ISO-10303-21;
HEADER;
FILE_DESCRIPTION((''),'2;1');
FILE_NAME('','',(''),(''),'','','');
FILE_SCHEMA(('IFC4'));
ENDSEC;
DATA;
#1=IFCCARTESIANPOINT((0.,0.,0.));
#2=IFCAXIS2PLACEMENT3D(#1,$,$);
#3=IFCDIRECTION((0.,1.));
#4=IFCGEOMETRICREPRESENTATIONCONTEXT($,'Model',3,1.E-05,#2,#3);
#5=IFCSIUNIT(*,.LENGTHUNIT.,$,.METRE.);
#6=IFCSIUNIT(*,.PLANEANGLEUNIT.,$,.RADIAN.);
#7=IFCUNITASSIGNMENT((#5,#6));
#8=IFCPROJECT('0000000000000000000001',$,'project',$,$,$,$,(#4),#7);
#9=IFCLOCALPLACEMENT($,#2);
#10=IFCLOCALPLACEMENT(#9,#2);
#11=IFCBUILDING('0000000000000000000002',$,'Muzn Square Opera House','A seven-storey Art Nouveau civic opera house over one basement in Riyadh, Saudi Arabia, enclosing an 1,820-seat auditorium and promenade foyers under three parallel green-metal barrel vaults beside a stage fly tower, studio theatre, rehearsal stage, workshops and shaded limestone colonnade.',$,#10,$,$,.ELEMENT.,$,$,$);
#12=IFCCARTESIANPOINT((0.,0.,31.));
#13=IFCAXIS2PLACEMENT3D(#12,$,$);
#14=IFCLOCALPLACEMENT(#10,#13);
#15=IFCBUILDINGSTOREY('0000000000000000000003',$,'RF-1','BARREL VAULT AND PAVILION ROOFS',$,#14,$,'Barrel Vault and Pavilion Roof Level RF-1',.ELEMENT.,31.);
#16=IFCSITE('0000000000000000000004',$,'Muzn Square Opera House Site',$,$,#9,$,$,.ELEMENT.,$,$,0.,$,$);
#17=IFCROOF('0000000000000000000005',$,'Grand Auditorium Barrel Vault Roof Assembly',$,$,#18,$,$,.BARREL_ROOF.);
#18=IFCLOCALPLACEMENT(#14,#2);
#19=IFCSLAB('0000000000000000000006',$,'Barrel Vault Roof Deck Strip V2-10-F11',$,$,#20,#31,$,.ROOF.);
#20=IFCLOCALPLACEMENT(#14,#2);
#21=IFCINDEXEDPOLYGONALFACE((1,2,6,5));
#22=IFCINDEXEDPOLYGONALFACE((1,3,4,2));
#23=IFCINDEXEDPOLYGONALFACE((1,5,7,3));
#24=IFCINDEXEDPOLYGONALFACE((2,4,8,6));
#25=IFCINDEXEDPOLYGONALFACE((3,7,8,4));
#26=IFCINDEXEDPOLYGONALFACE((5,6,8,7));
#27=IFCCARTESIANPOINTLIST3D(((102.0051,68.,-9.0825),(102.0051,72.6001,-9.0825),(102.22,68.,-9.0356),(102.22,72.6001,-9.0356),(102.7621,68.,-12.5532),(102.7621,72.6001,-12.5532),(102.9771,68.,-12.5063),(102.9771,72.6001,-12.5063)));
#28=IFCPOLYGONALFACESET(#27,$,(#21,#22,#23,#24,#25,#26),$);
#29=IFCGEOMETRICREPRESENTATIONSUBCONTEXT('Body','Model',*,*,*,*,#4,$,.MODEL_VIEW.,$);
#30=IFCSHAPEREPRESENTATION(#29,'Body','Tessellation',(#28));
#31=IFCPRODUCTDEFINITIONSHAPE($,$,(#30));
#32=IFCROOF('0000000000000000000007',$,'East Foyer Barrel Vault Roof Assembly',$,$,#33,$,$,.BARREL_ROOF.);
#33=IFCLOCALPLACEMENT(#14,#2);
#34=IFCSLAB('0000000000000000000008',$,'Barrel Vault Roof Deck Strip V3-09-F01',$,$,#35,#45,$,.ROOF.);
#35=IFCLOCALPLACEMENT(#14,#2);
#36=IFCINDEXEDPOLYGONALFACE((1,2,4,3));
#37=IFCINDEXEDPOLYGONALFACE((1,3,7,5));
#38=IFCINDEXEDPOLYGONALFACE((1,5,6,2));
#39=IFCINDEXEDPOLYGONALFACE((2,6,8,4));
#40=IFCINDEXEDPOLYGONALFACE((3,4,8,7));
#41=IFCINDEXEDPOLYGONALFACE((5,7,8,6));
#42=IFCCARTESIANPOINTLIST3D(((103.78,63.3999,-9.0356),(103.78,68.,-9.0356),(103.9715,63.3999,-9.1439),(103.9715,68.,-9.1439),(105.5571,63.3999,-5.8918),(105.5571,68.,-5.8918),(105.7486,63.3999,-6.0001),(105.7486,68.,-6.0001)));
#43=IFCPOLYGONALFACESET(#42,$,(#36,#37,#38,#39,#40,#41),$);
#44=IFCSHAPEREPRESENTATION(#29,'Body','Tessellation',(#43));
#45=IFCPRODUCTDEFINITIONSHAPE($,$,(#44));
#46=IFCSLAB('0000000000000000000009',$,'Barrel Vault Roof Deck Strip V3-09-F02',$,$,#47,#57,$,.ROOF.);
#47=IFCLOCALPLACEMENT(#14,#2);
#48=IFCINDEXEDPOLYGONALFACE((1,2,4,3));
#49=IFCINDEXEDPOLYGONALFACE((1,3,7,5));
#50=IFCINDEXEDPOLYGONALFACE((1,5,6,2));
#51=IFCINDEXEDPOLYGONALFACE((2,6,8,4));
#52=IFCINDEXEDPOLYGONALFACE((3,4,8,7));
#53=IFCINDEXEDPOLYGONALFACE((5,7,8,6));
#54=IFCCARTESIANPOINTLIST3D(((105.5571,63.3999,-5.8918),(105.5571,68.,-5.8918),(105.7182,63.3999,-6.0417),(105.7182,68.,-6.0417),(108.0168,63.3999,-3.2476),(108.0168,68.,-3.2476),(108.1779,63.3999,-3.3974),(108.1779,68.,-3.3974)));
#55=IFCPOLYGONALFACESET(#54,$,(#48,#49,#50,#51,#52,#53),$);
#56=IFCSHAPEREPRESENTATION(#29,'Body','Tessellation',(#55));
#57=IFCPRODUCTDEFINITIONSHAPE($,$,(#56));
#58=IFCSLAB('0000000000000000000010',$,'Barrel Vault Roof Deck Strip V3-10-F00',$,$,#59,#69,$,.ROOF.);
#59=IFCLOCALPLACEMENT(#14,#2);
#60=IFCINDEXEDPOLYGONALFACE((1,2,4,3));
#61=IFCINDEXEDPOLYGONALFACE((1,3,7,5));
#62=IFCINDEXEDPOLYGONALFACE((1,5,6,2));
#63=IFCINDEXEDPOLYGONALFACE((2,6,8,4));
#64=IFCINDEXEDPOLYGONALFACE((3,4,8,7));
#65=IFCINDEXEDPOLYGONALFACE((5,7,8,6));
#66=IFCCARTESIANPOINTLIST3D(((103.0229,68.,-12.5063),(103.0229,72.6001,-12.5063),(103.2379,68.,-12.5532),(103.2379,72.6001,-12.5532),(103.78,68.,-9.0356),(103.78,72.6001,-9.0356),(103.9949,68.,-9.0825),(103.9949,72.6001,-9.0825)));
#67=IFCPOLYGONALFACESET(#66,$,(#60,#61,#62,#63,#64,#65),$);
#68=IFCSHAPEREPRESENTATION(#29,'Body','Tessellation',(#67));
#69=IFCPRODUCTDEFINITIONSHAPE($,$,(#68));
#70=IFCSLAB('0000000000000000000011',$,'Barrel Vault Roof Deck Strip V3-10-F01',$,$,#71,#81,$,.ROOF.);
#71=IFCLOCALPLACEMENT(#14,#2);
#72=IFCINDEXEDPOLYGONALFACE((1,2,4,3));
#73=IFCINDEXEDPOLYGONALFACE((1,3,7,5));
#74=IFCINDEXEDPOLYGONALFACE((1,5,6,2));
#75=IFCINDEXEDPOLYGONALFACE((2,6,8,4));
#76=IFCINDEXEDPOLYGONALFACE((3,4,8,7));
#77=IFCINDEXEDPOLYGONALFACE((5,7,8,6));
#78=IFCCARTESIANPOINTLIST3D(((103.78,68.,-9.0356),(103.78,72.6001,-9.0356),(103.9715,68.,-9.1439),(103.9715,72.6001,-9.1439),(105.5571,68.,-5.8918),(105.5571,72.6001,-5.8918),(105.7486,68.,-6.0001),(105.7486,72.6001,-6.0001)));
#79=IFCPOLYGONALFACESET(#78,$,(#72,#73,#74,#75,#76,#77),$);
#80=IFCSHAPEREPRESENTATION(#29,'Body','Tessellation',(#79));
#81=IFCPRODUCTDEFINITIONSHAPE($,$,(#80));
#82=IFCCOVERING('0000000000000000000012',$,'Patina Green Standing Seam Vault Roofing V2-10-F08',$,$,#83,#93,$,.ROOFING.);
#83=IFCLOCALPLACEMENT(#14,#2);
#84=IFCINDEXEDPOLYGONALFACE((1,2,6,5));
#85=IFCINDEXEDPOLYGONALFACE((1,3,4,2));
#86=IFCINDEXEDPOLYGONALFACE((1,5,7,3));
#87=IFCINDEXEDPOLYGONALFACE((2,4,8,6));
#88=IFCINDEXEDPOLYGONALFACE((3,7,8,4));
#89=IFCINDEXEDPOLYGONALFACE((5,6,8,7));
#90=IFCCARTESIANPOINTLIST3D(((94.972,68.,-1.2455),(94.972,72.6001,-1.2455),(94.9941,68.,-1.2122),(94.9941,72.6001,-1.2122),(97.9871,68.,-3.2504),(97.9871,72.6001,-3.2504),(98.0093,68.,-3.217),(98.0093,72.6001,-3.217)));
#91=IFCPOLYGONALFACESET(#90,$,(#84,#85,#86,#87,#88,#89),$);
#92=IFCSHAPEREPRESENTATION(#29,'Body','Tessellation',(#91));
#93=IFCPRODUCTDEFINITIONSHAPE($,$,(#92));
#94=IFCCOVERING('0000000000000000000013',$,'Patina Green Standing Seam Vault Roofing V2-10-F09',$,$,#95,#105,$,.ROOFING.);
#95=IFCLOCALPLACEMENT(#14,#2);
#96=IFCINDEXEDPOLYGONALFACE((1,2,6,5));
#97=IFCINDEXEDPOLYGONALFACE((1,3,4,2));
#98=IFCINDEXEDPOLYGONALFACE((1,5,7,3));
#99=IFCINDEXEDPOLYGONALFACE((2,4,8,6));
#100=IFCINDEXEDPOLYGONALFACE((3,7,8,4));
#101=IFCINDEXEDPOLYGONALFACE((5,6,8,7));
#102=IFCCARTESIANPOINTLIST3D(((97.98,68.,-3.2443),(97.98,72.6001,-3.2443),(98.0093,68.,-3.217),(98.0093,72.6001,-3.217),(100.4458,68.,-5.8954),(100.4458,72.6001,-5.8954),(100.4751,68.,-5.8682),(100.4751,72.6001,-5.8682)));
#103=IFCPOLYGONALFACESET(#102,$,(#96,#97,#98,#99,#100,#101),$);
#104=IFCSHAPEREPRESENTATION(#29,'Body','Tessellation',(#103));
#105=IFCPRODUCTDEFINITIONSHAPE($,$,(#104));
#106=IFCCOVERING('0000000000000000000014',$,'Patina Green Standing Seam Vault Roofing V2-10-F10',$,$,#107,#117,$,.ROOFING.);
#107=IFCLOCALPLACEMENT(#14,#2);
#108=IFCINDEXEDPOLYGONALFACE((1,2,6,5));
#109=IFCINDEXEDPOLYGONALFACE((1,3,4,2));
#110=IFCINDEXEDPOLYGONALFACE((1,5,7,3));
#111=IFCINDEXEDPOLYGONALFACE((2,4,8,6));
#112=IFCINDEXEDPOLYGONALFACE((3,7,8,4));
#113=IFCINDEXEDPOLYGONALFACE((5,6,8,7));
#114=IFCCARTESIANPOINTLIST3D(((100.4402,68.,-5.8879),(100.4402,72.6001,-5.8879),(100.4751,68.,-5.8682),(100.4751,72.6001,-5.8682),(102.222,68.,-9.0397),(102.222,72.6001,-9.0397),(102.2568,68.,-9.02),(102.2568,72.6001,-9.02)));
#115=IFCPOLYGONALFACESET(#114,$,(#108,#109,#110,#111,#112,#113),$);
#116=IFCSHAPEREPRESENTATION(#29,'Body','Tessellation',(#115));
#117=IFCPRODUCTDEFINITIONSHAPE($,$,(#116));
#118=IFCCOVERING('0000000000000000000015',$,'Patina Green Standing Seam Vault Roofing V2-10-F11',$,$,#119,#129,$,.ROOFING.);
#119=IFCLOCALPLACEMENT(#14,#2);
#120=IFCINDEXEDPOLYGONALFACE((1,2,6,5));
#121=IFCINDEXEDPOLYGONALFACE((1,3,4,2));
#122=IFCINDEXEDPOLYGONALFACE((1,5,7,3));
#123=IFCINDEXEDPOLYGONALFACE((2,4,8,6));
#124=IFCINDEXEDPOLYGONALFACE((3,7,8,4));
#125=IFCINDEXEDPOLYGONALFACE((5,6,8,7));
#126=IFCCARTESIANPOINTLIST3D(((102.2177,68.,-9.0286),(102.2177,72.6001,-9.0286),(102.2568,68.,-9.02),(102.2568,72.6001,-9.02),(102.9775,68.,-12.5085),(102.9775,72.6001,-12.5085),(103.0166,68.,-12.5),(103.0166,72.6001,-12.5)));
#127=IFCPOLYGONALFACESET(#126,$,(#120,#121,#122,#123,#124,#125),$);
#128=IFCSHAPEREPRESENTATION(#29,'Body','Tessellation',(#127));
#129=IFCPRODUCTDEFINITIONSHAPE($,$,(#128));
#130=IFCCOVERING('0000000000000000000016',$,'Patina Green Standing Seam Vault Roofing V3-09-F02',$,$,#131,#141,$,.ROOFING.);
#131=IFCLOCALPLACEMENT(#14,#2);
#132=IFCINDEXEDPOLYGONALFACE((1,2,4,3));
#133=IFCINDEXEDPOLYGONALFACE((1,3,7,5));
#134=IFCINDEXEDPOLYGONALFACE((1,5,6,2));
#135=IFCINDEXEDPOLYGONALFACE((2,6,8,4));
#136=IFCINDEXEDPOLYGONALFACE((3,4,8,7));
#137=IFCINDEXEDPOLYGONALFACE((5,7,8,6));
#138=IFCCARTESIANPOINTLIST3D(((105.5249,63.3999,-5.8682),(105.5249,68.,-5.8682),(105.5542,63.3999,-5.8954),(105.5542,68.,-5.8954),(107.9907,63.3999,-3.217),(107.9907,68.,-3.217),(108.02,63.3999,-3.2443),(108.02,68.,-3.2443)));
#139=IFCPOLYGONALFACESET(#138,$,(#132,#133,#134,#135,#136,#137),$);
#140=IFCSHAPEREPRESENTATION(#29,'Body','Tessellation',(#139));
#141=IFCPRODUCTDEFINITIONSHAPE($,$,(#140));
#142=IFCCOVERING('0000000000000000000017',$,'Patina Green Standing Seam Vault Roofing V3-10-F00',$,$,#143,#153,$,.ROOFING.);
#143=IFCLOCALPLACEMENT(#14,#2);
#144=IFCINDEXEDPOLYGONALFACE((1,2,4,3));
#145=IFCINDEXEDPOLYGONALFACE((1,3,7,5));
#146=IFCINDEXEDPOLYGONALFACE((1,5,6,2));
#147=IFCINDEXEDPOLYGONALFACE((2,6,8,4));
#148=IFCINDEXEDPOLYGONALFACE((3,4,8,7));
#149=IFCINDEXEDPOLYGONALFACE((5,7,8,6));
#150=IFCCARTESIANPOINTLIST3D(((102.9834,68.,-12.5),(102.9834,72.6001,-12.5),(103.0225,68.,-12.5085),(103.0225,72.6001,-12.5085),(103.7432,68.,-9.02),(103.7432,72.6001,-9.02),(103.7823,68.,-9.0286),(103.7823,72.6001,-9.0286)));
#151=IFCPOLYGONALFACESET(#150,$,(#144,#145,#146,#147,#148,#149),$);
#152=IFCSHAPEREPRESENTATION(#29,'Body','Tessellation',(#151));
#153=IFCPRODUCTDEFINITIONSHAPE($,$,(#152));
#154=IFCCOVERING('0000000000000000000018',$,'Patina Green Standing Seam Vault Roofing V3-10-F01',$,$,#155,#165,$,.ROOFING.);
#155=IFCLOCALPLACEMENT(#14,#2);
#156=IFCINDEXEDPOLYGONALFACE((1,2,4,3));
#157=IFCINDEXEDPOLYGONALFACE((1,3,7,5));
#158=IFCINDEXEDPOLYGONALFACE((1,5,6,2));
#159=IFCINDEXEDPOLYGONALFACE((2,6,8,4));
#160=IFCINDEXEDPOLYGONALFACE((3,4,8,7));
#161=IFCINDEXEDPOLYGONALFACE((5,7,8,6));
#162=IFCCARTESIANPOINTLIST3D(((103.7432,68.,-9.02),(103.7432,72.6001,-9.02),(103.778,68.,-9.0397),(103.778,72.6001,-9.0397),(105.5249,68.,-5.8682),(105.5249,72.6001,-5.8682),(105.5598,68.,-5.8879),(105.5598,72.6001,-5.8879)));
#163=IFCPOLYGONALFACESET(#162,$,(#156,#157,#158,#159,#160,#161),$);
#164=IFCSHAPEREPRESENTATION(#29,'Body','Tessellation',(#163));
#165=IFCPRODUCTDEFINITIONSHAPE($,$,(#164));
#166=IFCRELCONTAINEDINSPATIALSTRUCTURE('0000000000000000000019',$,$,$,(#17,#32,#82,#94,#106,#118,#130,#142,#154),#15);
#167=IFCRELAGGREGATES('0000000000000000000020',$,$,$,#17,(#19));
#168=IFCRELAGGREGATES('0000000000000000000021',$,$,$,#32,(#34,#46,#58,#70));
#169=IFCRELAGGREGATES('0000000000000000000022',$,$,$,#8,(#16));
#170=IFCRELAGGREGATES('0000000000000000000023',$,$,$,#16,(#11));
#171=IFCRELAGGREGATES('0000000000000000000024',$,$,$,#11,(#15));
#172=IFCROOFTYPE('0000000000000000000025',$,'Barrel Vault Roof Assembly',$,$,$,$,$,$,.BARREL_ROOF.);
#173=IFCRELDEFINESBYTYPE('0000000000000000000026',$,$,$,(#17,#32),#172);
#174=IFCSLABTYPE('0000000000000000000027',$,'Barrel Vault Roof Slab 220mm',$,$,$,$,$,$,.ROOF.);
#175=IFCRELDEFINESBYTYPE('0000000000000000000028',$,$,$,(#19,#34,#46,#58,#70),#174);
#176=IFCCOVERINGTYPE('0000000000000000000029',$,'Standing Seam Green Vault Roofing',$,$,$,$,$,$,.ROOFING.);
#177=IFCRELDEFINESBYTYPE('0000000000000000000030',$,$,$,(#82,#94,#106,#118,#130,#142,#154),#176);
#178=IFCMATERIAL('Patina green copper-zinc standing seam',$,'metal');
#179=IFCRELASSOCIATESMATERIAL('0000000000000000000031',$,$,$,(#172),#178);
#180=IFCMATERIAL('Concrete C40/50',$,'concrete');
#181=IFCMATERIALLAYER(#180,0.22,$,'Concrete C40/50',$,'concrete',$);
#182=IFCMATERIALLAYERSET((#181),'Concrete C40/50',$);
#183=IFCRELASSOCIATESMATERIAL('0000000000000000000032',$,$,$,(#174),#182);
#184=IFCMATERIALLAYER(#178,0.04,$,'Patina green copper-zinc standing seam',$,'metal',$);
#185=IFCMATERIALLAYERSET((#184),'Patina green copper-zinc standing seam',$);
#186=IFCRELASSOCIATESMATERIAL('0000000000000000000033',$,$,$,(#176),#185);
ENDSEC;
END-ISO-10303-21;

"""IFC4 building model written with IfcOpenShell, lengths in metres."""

from ifc_helpers import new_model, si_unit, direction, frame, origin, place, context, subcontext, project, spatial, polyline, outline, extrude, material, layer, layer_set, type_object, element, aggregate, save


model = new_model("IFC4")

# Units and contexts
model_context = context("Model", 3, precision=1e-05, world=origin(), true_north=direction((0.0, 1.0)))
body_context = subcontext(model_context, "Body", "Model", "MODEL_VIEW")
ifc_project = project(units=[si_unit("LENGTHUNIT", "METRE"), si_unit("PLANEANGLEUNIT", "RADIAN")], contexts=[model_context])

# Site, building, storey
site_placement = place(None, origin())
site = spatial("IfcSite", under=ifc_project, at=site_placement, Name="Muzn Square Opera House Site", CompositionType="ELEMENT", RefElevation=0.0)
building_placement = place(site_placement, origin())
building = spatial("IfcBuilding", under=site, at=building_placement, Name="Muzn Square Opera House", Description="A seven-storey Art Nouveau civic opera house over one basement in Riyadh, Saudi Arabia, enclosing an 1,820-seat auditorium and promenade foyers under three parallel green-metal barrel vaults beside a stage fly tower, studio theatre, rehearsal stage, workshops and shaded limestone colonnade.", CompositionType="ELEMENT")
storey_placement = place(building_placement, frame((0.0, 0.0, 31.0)))
storey = spatial("IfcBuildingStorey", under=building, at=storey_placement, Name="RF-1", Description="BARREL VAULT AND PAVILION ROOFS", LongName="Barrel Vault and Pavilion Roof Level RF-1", CompositionType="ELEMENT", Elevation=31.0)

# Roofs, slabs
ifc_material_1 = material(Name="Patina green copper-zinc standing seam", Category="metal")
roof_type = type_object("IfcRoofType", Name="Barrel Vault Roof Assembly", PredefinedType="BARREL_ROOF", material=ifc_material_1)
roof_1_placement = place(storey_placement, origin())
roof_1 = element("IfcRoof", 1, at=roof_1_placement, inside=storey, type_object=roof_type, Name="Grand Auditorium Barrel Vault Roof Assembly", PredefinedType="BARREL_ROOF")
ifc_material_2 = material(Name="Concrete C40/50", Category="concrete")
ifc_layer_1 = layer(ifc_material_2, 0.22, Name="Concrete C40/50", Category="concrete")
ifc_layer_set_1 = layer_set([ifc_layer_1], Name="Concrete C40/50")
slab_type = type_object("IfcSlabType", Name="Barrel Vault Roof Slab 220mm", PredefinedType="ROOF", material=ifc_layer_set_1)
slab_1_placement = place(storey_placement, frame((102.22, 68.0, -9.0356), z_axis=(0.977025, 0.0, 0.213123), x_axis=(0.213123, 0.0, -0.977025)))
slab_1 = element("IfcSlab", 2, at=slab_1_placement, type_object=slab_type, Name="Barrel Vault Roof Deck Strip V2-10-F11", PredefinedType="ROOF", context=body_context, shape_type="SweptSolid", body=[
    extrude(outline(polyline([(0.0, 0.0), (3.5523, 0.0), (3.5523, 4.6001), (0.0, 4.6001), (0.0, 0.0)])), origin(), (0.0, 0.0, -1.0), 0.22),
])
aggregate(roof_1, [slab_1])
roof_2_placement = place(storey_placement, origin())
roof_2 = element("IfcRoof", 3, at=roof_2_placement, inside=storey, type_object=roof_type, Name="East Foyer Barrel Vault Roof Assembly", PredefinedType="BARREL_ROOF")
slab_2_placement = place(storey_placement, frame((105.5571, 63.3999, -5.8918), z_axis=(-0.870543, 0.0, 0.492093), x_axis=(0.0, 1.0, 0.0)))
slab_2 = element("IfcSlab", 4, at=slab_2_placement, type_object=slab_type, Name="Barrel Vault Roof Deck Strip V3-09-F01", PredefinedType="ROOF", context=body_context, shape_type="SweptSolid", body=[
    extrude(outline(polyline([(0.0, 3.6113), (0.0, 0.0), (4.6001, 0.0), (4.6001, 3.6113), (0.0, 3.6113)])), origin(), (0.0, 0.0, -1.0), 0.22),
])
slab_3_placement = place(storey_placement, frame((108.0168, 63.3999, -3.2476), z_axis=(-0.732198, 0.0, 0.681091), x_axis=(0.0, 1.0, 0.0)))
slab_3 = element("IfcSlab", 5, at=slab_3_placement, type_object=slab_type, Name="Barrel Vault Roof Deck Strip V3-09-F02", PredefinedType="ROOF", context=body_context, shape_type="SweptSolid", body=[
    extrude(outline(polyline([(0.0, 3.6114), (0.0, 0.0), (4.6001, 0.0), (4.6001, 3.6114), (0.0, 3.6114)])), origin(), (0.0, 0.0, -1.0), 0.22),
])
slab_4_placement = place(storey_placement, frame((103.78, 68.0, -9.0356), z_axis=(-0.977025, 0.0, 0.213123), x_axis=(0.0, 1.0, 0.0)))
slab_4 = element("IfcSlab", 6, at=slab_4_placement, type_object=slab_type, Name="Barrel Vault Roof Deck Strip V3-10-F00", PredefinedType="ROOF", context=body_context, shape_type="SweptSolid", body=[
    extrude(outline(polyline([(0.0, 3.5523), (0.0, 0.0), (4.6001, 0.0), (4.6001, 3.5523), (0.0, 3.5523)])), origin(), (0.0, 0.0, -1.0), 0.22),
])
slab_5_placement = place(storey_placement, frame((105.5571, 68.0, -5.8918), z_axis=(-0.870543, 0.0, 0.492093), x_axis=(0.0, 1.0, 0.0)))
slab_5 = element("IfcSlab", 7, at=slab_5_placement, type_object=slab_type, Name="Barrel Vault Roof Deck Strip V3-10-F01", PredefinedType="ROOF", context=body_context, shape_type="SweptSolid", body=[
    extrude(outline(polyline([(0.0, 3.6113), (0.0, 0.0), (4.6001, 0.0), (4.6001, 3.6113), (0.0, 3.6113)])), origin(), (0.0, 0.0, -1.0), 0.22),
])
aggregate(roof_2, [slab_2, slab_3, slab_4, slab_5])

# Coverings
ifc_layer_2 = layer(ifc_material_1, 0.04, Name="Patina green copper-zinc standing seam", Category="metal")
ifc_layer_set_2 = layer_set([ifc_layer_2], Name="Patina green copper-zinc standing seam")
covering_type = type_object("IfcCoveringType", Name="Standing Seam Green Vault Roofing", PredefinedType="ROOFING", material=ifc_layer_set_2)
covering_1_placement = place(storey_placement, frame((94.9941, 68.0, -1.2122), z_axis=(0.553704, 0.0, 0.832714), x_axis=(0.832714, 0.0, -0.553704)))
element("IfcCovering", 8, at=covering_1_placement, inside=storey, type_object=covering_type, Name="Patina Green Standing Seam Vault Roofing V2-10-F08", PredefinedType="ROOFING", context=body_context, shape_type="SweptSolid", body=[
    extrude(outline(polyline([(0.0, 0.0), (3.6209, 0.0), (3.6209, 4.6001), (0.0, 4.6001), (0.0, 0.0)])), origin(), (0.0, 0.0, -1.0), 0.04),
])
covering_2_placement = place(storey_placement, frame((98.0093, 68.0, -3.217), z_axis=(0.732234, 0.0, 0.681053), x_axis=(0.681053, 0.0, -0.732234)))
element("IfcCovering", 9, at=covering_2_placement, inside=storey, type_object=covering_type, Name="Patina Green Standing Seam Vault Roofing V2-10-F09", PredefinedType="ROOFING", context=body_context, shape_type="SweptSolid", body=[
    extrude(outline(polyline([(0.0, 0.0), (3.6206, 0.0), (3.6206, 4.6001), (0.0, 4.6001), (0.0, 0.0)])), origin(), (0.0, 0.0, -1.0), 0.04),
])
covering_3_placement = place(storey_placement, frame((100.4751, 68.0, -5.8682), z_axis=(0.870533, 0.0, 0.492111), x_axis=(0.492111, 0.0, -0.870533)))
element("IfcCovering", 10, at=covering_3_placement, inside=storey, type_object=covering_type, Name="Patina Green Standing Seam Vault Roofing V2-10-F10", PredefinedType="ROOFING", context=body_context, shape_type="SweptSolid", body=[
    extrude(outline(polyline([(0.0, 0.0), (3.6206, 0.0), (3.6206, 4.6001), (0.0, 4.6001), (0.0, 0.0)])), origin(), (0.0, 0.0, -1.0), 0.04),
])
covering_4_placement = place(storey_placement, frame((102.2568, 68.0, -9.02), z_axis=(0.976987, 0.0, 0.2133), x_axis=(0.2133, 0.0, -0.976987)))
element("IfcCovering", 11, at=covering_4_placement, inside=storey, type_object=covering_type, Name="Patina Green Standing Seam Vault Roofing V2-10-F11", PredefinedType="ROOFING", context=body_context, shape_type="SweptSolid", body=[
    extrude(outline(polyline([(0.0, 0.0), (3.562, 0.0), (3.562, 4.6001), (0.0, 4.6001), (0.0, 0.0)])), origin(), (0.0, 0.0, -1.0), 0.04),
])
covering_5_placement = place(storey_placement, frame((107.9907, 63.3999, -3.217), z_axis=(-0.732234, 0.0, 0.681053), x_axis=(0.0, 1.0, 0.0)))
element("IfcCovering", 12, at=covering_5_placement, inside=storey, type_object=covering_type, Name="Patina Green Standing Seam Vault Roofing V3-09-F02", PredefinedType="ROOFING", context=body_context, shape_type="SweptSolid", body=[
    extrude(outline(polyline([(0.0, 3.6206), (0.0, 0.0), (4.6001, 0.0), (4.6001, 3.6206), (0.0, 3.6206)])), origin(), (0.0, 0.0, -1.0), 0.04),
])
covering_6_placement = place(storey_placement, frame((103.7432, 68.0, -9.02), z_axis=(-0.976987, 0.0, 0.2133), x_axis=(0.0, 1.0, 0.0)))
element("IfcCovering", 13, at=covering_6_placement, inside=storey, type_object=covering_type, Name="Patina Green Standing Seam Vault Roofing V3-10-F00", PredefinedType="ROOFING", context=body_context, shape_type="SweptSolid", body=[
    extrude(outline(polyline([(0.0, 3.562), (0.0, 0.0), (4.6001, 0.0), (4.6001, 3.562), (0.0, 3.562)])), origin(), (0.0, 0.0, -1.0), 0.04),
])
covering_7_placement = place(storey_placement, frame((105.5249, 68.0, -5.8682), z_axis=(-0.870533, 0.0, 0.492111), x_axis=(0.0, 1.0, 0.0)))
element("IfcCovering", 14, at=covering_7_placement, inside=storey, type_object=covering_type, Name="Patina Green Standing Seam Vault Roofing V3-10-F01", PredefinedType="ROOFING", context=body_context, shape_type="SweptSolid", body=[
    extrude(outline(polyline([(0.0, 3.6206), (0.0, 0.0), (4.6001, 0.0), (4.6001, 3.6206), (0.0, 3.6206)])), origin(), (0.0, 0.0, -1.0), 0.04),
])

save(model, "model.ifc")
